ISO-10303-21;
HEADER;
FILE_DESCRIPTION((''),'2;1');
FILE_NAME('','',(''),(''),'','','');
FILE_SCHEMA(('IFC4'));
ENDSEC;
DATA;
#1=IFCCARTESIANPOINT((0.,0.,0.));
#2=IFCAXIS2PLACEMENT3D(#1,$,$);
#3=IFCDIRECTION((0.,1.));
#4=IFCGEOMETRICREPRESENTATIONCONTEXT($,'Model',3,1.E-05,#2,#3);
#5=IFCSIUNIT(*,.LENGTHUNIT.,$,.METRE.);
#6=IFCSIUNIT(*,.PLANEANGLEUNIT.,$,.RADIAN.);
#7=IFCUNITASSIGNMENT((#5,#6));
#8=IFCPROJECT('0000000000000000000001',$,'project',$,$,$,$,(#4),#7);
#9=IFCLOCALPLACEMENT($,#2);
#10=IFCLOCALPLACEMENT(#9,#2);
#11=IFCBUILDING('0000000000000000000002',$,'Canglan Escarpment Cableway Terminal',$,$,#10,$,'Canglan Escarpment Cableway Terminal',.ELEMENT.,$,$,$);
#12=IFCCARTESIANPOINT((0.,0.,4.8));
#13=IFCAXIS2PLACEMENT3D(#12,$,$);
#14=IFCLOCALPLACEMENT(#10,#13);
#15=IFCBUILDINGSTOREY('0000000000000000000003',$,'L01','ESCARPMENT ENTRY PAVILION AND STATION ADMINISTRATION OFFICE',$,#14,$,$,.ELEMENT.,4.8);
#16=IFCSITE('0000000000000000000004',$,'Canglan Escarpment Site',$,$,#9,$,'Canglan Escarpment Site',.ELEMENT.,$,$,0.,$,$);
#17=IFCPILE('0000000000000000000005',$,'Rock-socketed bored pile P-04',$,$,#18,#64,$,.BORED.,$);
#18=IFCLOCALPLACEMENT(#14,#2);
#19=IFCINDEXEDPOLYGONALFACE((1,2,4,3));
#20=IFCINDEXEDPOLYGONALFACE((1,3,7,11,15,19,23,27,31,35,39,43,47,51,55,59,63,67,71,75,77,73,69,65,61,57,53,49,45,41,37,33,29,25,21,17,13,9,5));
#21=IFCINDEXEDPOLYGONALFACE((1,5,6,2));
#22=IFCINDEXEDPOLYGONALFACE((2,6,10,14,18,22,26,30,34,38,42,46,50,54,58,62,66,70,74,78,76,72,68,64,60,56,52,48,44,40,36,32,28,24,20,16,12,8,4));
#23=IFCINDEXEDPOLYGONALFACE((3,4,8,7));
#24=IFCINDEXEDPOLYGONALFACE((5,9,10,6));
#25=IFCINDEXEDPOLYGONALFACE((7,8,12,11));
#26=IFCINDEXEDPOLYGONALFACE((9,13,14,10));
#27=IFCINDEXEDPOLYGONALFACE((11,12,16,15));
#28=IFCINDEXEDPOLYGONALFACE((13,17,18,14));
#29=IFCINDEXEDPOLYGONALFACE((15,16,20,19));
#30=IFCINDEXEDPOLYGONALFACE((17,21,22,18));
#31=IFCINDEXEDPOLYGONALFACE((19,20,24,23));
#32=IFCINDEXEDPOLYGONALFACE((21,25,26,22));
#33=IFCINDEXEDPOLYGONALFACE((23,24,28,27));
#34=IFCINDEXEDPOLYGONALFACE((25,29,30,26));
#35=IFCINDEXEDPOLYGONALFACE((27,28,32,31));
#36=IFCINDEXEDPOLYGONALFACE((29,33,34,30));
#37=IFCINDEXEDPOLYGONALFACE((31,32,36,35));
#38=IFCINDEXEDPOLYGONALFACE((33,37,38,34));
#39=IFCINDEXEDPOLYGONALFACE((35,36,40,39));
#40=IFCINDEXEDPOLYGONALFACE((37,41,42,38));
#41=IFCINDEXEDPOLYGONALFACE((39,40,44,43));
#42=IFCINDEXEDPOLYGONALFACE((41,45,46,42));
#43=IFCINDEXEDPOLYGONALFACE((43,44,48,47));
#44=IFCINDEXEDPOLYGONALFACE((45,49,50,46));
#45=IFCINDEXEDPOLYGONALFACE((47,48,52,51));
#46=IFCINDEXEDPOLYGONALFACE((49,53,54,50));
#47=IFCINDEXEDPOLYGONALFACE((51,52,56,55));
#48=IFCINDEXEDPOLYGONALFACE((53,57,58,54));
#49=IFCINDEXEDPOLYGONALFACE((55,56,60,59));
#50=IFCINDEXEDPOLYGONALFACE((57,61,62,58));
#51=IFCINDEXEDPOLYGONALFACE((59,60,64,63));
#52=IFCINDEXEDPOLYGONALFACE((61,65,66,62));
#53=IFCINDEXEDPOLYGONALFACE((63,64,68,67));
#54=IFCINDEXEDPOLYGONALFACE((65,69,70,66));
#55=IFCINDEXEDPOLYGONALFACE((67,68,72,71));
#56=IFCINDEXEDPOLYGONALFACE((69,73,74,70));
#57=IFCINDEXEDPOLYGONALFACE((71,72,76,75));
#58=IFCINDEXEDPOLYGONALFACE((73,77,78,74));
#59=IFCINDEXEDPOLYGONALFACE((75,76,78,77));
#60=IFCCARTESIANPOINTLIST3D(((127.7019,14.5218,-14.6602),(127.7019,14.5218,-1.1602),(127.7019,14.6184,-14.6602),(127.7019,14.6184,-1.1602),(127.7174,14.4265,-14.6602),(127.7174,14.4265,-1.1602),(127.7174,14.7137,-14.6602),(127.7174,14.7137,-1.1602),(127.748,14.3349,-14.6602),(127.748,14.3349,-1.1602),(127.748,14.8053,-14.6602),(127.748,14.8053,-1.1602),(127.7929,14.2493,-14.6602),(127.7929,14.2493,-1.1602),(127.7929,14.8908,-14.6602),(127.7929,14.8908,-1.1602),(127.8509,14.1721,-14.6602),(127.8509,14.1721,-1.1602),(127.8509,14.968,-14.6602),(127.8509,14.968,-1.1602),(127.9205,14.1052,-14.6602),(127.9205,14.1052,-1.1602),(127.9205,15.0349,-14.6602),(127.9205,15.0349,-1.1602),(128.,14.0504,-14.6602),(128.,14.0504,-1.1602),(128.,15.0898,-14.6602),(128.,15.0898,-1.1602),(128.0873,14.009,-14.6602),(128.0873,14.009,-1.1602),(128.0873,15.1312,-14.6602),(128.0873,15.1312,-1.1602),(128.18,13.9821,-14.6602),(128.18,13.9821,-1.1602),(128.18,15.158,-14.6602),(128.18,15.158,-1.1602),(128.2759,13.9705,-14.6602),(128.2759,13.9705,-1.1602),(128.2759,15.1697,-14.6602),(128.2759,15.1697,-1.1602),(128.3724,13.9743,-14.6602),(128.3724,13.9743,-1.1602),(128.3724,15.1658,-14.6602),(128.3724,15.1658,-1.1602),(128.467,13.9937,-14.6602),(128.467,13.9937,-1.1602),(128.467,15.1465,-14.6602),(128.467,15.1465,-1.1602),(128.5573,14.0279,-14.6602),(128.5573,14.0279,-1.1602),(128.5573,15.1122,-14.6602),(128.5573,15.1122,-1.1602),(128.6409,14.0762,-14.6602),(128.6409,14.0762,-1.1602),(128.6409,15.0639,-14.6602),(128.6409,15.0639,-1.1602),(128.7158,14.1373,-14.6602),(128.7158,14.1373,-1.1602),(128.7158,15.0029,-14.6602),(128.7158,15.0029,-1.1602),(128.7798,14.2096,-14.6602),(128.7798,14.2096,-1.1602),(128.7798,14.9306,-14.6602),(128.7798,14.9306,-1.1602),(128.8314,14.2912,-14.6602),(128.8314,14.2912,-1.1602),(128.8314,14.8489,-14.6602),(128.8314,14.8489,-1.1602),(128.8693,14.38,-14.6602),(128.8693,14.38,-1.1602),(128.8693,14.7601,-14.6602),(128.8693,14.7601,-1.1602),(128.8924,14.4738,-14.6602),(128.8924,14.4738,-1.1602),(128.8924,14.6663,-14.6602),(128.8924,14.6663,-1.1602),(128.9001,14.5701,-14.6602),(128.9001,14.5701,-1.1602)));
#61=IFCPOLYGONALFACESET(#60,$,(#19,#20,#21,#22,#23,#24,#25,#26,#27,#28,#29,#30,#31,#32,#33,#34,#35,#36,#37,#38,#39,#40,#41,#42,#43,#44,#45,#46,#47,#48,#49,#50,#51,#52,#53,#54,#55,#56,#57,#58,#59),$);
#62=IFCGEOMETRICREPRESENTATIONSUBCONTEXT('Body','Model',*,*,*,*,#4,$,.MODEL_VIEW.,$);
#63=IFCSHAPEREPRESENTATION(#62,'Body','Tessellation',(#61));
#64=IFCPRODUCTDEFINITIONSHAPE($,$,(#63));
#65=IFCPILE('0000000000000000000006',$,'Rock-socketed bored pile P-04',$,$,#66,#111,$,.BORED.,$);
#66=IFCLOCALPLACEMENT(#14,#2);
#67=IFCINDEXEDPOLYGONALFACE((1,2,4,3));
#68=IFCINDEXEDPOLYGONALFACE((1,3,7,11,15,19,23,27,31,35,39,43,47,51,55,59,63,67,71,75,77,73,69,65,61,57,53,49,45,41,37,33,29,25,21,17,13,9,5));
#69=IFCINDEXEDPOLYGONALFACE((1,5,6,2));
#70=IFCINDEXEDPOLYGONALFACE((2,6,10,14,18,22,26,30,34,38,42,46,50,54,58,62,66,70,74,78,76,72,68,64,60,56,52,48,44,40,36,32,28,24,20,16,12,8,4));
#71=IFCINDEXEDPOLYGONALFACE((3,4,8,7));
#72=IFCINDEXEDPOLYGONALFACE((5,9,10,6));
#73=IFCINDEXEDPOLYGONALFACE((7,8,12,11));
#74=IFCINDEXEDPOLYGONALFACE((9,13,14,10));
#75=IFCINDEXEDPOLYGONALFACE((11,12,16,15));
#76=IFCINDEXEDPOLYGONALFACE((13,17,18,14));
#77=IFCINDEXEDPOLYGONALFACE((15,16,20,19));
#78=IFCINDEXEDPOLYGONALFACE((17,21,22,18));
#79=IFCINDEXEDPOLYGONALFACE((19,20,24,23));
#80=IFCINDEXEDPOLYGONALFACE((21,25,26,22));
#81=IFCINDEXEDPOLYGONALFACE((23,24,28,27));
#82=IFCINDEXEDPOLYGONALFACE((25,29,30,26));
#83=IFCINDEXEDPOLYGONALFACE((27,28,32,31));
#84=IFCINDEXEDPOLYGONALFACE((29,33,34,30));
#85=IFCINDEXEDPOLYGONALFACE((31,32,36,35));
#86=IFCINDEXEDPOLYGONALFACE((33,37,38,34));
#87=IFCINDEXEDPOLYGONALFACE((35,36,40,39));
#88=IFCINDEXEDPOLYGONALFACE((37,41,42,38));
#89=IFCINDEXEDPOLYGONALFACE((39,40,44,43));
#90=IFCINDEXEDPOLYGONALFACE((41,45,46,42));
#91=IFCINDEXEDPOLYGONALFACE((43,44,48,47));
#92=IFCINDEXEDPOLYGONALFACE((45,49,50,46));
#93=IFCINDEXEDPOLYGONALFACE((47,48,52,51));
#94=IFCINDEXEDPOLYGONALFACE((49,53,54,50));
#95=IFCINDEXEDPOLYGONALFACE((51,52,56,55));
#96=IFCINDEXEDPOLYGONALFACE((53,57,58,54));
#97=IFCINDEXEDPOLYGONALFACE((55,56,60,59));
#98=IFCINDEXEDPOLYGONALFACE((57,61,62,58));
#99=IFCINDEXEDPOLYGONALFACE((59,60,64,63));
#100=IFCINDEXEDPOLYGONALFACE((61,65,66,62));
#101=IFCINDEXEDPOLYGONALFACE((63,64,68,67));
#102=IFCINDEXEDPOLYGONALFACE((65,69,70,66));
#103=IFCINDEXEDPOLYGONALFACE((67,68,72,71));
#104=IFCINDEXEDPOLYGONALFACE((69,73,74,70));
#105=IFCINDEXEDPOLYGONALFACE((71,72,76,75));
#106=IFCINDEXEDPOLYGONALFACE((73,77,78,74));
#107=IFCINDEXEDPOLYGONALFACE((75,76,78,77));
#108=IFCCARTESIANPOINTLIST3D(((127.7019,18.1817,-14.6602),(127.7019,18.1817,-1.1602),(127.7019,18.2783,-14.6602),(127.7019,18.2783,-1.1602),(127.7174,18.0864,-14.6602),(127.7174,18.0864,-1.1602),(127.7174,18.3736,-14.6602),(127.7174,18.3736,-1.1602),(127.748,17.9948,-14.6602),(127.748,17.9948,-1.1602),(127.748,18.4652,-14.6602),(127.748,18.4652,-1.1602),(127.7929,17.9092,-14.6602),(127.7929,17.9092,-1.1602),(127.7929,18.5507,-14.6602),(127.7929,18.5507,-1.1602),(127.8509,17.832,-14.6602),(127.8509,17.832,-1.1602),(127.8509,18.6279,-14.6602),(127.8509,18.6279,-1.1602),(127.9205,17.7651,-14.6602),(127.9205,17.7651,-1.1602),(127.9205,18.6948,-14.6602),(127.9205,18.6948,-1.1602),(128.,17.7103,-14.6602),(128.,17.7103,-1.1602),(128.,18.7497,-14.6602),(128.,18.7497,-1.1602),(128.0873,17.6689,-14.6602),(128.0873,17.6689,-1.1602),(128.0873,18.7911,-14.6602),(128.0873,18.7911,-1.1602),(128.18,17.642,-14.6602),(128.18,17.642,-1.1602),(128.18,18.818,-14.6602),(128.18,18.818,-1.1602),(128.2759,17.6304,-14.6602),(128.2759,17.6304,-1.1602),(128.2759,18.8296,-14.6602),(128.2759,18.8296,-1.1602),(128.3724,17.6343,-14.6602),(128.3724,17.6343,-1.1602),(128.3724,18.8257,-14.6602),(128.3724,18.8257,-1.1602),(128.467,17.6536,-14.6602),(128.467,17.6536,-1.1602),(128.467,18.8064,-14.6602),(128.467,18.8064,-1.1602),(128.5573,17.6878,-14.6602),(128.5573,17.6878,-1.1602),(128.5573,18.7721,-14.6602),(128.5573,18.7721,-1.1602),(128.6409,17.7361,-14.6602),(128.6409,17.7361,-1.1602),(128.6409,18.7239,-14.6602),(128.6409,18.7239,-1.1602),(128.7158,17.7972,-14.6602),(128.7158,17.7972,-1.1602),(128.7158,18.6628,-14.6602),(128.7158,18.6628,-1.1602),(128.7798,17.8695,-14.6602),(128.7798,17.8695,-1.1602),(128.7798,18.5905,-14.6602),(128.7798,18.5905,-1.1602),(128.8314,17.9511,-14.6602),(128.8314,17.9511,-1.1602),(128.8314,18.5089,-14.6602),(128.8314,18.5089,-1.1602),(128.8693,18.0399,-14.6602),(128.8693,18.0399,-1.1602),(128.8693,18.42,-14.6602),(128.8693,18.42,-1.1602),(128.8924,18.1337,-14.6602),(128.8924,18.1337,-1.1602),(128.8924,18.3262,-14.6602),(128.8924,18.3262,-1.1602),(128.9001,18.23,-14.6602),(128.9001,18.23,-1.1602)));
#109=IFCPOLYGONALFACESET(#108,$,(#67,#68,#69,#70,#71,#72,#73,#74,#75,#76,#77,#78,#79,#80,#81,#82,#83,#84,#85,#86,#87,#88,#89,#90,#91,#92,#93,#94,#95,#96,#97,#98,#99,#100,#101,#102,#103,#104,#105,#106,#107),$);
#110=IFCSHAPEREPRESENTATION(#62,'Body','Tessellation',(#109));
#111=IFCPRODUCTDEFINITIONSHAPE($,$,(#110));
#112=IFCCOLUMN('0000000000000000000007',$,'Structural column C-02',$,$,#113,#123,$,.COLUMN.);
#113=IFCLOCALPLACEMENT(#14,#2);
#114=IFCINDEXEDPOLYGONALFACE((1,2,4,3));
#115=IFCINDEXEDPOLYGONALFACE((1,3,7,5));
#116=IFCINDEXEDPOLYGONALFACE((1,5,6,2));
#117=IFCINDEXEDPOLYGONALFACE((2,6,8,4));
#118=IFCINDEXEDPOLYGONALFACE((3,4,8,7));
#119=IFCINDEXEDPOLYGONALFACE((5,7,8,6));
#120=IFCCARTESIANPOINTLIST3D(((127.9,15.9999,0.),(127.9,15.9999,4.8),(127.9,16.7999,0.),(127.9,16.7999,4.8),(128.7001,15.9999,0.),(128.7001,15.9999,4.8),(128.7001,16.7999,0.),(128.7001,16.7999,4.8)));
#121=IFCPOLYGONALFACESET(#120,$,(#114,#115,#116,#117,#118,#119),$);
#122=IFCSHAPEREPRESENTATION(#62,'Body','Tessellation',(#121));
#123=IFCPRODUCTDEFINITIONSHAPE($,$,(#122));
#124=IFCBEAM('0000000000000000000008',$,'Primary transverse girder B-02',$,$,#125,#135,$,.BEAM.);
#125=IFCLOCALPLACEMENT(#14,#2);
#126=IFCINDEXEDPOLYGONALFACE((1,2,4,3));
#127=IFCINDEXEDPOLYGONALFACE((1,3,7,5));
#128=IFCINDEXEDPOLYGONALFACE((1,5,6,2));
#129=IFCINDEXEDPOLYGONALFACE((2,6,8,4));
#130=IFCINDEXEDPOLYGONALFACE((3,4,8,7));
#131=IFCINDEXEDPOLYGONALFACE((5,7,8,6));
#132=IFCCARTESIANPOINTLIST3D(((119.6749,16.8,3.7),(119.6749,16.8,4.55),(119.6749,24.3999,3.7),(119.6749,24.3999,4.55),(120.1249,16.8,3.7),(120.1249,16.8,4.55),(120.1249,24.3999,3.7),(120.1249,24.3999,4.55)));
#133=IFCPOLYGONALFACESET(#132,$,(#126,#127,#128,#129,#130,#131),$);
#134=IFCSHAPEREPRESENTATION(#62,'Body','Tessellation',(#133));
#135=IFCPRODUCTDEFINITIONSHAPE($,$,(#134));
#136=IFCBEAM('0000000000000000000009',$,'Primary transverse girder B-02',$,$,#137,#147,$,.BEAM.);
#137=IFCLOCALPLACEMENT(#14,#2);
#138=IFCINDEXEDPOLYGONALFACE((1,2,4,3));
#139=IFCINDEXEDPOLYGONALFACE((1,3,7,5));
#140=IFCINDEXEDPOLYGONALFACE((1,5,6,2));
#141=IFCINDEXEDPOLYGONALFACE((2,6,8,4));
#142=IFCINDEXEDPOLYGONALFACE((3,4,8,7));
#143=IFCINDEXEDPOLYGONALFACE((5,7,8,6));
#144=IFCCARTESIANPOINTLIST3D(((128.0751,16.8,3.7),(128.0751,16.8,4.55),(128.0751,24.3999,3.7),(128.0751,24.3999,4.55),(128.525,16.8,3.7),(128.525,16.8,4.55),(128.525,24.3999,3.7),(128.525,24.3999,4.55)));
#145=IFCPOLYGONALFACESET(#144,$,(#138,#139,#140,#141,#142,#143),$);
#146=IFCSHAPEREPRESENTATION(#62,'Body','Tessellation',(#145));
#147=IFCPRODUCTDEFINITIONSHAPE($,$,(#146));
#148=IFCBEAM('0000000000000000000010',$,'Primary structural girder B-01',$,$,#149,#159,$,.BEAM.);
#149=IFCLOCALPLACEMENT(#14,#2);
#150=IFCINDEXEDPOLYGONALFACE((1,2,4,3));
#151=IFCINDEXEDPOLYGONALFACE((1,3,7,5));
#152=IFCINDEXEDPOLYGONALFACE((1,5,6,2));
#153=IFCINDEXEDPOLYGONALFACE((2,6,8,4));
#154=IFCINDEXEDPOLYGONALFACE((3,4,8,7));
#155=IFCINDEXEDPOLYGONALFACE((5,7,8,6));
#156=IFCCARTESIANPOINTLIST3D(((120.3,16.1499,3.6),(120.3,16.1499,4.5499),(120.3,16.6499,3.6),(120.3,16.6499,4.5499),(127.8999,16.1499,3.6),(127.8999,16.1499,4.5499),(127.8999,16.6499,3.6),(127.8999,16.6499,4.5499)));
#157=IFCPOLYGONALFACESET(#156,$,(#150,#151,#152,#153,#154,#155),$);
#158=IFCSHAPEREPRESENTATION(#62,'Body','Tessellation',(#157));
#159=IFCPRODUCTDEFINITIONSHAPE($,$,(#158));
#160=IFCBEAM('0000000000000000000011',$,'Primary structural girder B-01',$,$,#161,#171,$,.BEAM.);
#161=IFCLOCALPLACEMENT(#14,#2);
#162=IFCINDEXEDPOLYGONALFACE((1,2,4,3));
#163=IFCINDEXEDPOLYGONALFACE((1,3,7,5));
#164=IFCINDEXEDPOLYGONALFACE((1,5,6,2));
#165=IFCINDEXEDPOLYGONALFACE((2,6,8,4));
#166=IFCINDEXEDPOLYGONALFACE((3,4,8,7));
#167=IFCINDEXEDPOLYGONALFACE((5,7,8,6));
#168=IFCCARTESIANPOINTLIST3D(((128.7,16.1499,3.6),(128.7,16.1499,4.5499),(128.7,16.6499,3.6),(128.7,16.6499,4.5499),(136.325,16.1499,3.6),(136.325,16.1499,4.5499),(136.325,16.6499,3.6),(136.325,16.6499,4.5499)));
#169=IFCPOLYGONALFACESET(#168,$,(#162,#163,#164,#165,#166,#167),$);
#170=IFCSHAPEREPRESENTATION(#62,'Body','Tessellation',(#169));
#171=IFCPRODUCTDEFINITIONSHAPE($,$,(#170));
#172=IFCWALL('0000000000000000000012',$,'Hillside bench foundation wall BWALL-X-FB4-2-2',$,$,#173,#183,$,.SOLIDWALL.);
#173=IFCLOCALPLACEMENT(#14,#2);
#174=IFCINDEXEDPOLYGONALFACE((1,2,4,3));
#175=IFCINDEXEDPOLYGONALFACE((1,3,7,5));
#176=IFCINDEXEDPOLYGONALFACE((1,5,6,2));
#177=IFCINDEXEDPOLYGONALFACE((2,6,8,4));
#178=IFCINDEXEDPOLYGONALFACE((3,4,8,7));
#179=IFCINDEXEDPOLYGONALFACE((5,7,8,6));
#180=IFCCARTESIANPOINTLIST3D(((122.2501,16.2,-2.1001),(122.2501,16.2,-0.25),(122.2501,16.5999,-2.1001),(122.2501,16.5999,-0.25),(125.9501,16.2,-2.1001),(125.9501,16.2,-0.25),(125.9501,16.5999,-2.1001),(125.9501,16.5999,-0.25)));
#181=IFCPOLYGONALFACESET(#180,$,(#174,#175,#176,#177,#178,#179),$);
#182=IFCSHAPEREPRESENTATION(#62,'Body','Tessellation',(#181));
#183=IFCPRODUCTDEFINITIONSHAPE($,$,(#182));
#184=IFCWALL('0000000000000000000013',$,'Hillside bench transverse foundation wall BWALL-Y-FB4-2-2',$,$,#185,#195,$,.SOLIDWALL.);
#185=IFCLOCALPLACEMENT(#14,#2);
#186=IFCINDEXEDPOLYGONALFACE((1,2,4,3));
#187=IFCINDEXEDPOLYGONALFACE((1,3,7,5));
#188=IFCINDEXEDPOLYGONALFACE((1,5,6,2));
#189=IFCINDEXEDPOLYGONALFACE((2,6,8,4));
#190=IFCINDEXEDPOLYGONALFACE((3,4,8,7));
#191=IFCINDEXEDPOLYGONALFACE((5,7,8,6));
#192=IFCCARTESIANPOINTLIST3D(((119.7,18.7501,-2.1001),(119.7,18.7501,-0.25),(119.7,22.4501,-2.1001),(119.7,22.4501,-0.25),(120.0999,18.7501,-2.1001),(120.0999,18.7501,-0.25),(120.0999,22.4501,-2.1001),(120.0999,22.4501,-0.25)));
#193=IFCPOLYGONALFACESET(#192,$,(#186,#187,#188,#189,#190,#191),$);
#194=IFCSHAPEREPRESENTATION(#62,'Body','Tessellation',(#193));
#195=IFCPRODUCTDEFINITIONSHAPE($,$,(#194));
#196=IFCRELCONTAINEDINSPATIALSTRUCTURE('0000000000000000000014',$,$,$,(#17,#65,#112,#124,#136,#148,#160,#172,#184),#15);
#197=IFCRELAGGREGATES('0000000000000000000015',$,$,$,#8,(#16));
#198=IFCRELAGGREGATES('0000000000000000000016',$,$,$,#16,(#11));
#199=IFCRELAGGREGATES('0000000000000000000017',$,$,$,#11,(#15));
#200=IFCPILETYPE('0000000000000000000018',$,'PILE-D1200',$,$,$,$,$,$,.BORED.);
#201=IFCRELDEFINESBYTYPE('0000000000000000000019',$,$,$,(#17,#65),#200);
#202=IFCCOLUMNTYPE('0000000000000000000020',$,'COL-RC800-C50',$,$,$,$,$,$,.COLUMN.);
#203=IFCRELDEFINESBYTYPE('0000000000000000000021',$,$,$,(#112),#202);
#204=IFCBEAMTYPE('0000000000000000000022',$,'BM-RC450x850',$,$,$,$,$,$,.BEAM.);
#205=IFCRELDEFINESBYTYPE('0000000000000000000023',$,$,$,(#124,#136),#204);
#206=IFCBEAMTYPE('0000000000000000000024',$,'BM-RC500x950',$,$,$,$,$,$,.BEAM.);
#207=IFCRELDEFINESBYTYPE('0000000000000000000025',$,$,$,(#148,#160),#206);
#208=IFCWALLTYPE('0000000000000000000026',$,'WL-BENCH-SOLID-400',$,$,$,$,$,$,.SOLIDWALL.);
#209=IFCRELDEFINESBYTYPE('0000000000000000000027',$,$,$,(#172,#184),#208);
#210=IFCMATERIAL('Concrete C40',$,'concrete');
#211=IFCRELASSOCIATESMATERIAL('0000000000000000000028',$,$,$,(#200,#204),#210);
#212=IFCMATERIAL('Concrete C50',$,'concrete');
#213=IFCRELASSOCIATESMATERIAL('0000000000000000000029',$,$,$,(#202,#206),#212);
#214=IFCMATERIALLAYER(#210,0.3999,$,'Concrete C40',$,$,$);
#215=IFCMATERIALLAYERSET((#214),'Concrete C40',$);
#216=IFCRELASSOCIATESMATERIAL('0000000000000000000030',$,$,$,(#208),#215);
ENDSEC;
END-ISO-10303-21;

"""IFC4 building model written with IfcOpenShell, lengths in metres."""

from ifc_helpers import new_model, si_unit, direction, frame, frame_2d, origin, origin_2d, place, context, subcontext, project, spatial, rectangle, circle, extrude, material, layer, layer_set, material_profile, profile_set, type_object, element, save


model = new_model("IFC4")

# Units and contexts
model_context = context("Model", 3, precision=1e-05, world=origin(), true_north=direction((0.0, 1.0)))
body_context = subcontext(model_context, "Body", "Model", "MODEL_VIEW")
ifc_project = project(units=[si_unit("LENGTHUNIT", "METRE"), si_unit("PLANEANGLEUNIT", "RADIAN")], contexts=[model_context])

# Site, building, storey
site_placement = place(None, origin())
site = spatial("IfcSite", under=ifc_project, at=site_placement, Name="Canglan Escarpment Site", LongName="Canglan Escarpment Site", CompositionType="ELEMENT", RefElevation=0.0)
building_placement = place(site_placement, origin())
building = spatial("IfcBuilding", under=site, at=building_placement, Name="Canglan Escarpment Cableway Terminal", LongName="Canglan Escarpment Cableway Terminal", CompositionType="ELEMENT")
storey_placement = place(building_placement, frame((0.0, 0.0, 4.8)))
storey = spatial("IfcBuildingStorey", under=building, at=storey_placement, Name="L01", Description="ESCARPMENT ENTRY PAVILION AND STATION ADMINISTRATION OFFICE", CompositionType="ELEMENT", Elevation=4.8)

# Shared definitions
ifc_material_1 = material(Name="Concrete C40", Category="concrete")

# Piles
ifc_material_profile_1 = material_profile(ifc_material_1, circle(Radius=0.6001, at=origin_2d()), Name="BORED PILE D1200")
ifc_profile_set_1 = profile_set([ifc_material_profile_1], Name="Concrete C40")
pile_type = type_object("IfcPileType", Name="PILE-D1200", PredefinedType="BORED", material=ifc_profile_set_1)
for number, where, z_axis, x_axis, name in (
    (1, (128.3, 14.5701, -1.1602), (0.0, 0.0, -1.0), (1.0, 0.0, 0.0), "Rock-socketed bored pile P-04"),
    (2, (128.3, 18.23, -1.1602), (0.0, 0.0, -1.0), (1.0, 0.0, 0.0), "Rock-socketed bored pile P-04"),
):
    element("IfcPile", number, at=place(storey_placement, frame(where, z_axis=z_axis, x_axis=x_axis)), inside=storey, type_object=pile_type, Name=name, PredefinedType="BORED", context=body_context, shape_type="SweptSolid", body=[
        extrude(circle(Radius=0.6001, at=origin_2d()), origin(), (0.0, 0.0, 1.0), 13.5),
    ])

# Column
ifc_material_2 = material(Name="Concrete C50", Category="concrete")
ifc_material_profile_2 = material_profile(ifc_material_2, rectangle(XDim=0.8, YDim=0.8, at=origin_2d()), Name="RC 800x800")
ifc_profile_set_2 = profile_set([ifc_material_profile_2], Name="Concrete C50")
column_type = type_object("IfcColumnType", Name="COL-RC800-C50", PredefinedType="COLUMN", material=ifc_profile_set_2)
column_placement = place(storey_placement, frame((128.3, 16.3999, 0.0), z_axis=(0.0, 0.0, 1.0), x_axis=(1.0, 0.0, 0.0)))
element("IfcColumn", 3, at=column_placement, inside=storey, type_object=column_type, Name="Structural column C-02", PredefinedType="COLUMN", context=body_context, shape_type="SweptSolid", body=[
    extrude(rectangle(XDim=0.8, YDim=0.8, at=origin_2d()), origin(), (0.0, 0.0, 1.0), 4.8),
])

# Beams
ifc_material_profile_3 = material_profile(ifc_material_1, rectangle(XDim=0.45, YDim=0.8501, at=origin_2d()), Name="RC 450x850")
ifc_profile_set_3 = profile_set([ifc_material_profile_3], Name="Concrete C40")
beam_type_1 = type_object("IfcBeamType", Name="BM-RC450x850", PredefinedType="BEAM", material=ifc_profile_set_3)
for number, where, z_axis, x_axis, name in (
    (4, (119.8999, 16.8, 4.125), (0.0, 1.0, 0.0), (-1.0, 0.0, 0.0), "Primary transverse girder B-02"),
    (5, (128.3, 16.8, 4.125), (0.0, 1.0, 0.0), (-1.0, 0.0, 0.0), "Primary transverse girder B-02"),
):
    element("IfcBeam", number, at=place(storey_placement, frame(where, z_axis=z_axis, x_axis=x_axis)), inside=storey, type_object=beam_type_1, Name=name, PredefinedType="BEAM", context=body_context, shape_type="SweptSolid", body=[
        extrude(rectangle(XDim=0.45, YDim=0.8501, at=origin_2d()), origin(), (0.0, 0.0, 1.0), 7.5999),
    ])
ifc_material_profile_4 = material_profile(ifc_material_2, rectangle(XDim=0.5, YDim=0.95, at=origin_2d()), Name="RC 500x950")
ifc_profile_set_4 = profile_set([ifc_material_profile_4], Name="Concrete C50")
beam_type_2 = type_object("IfcBeamType", Name="BM-RC500x950", PredefinedType="BEAM", material=ifc_profile_set_4)
beam_1_placement = place(storey_placement, frame((120.3, 16.3999, 4.075), z_axis=(1.0, 0.0, 0.0), x_axis=(0.0, 1.0, 0.0)))
element("IfcBeam", 6, at=beam_1_placement, inside=storey, type_object=beam_type_2, Name="Primary structural girder B-01", PredefinedType="BEAM", context=body_context, shape_type="SweptSolid", body=[
    extrude(rectangle(XDim=0.5, YDim=0.95, at=origin_2d()), origin(), (0.0, 0.0, 1.0), 7.5999),
])
beam_2_placement = place(storey_placement, frame((128.7, 16.3999, 4.075), z_axis=(1.0, 0.0, 0.0), x_axis=(0.0, 1.0, 0.0)))
element("IfcBeam", 7, at=beam_2_placement, inside=storey, type_object=beam_type_2, Name="Primary structural girder B-01", PredefinedType="BEAM", context=body_context, shape_type="SweptSolid", body=[
    extrude(rectangle(XDim=0.5, YDim=0.95, at=origin_2d()), origin(), (0.0, 0.0, 1.0), 7.625),
])

# Walls
ifc_layer_1 = layer(ifc_material_1, 0.3999, Name="Concrete C40")
ifc_layer_set_1 = layer_set([ifc_layer_1], Name="Concrete C40")
wall_type_1 = type_object("IfcWallType", Name="WL-BENCH-SOLID-400", PredefinedType="SOLIDWALL", material=ifc_layer_set_1)
for number, where, z_axis, x_axis, name in (
    (8, (122.25, 16.3999, -2.1001), (0.0, 0.0, 1.0), (1.0, 0.0, 0.0), "Hillside bench foundation wall BWALL-X-FB4-2-2"),
    (9, (119.8999, 18.75, -2.1001), (0.0, 0.0, 1.0), (0.0, 1.0, 0.0), "Hillside bench transverse foundation wall BWALL-Y-FB4-2-2"),
):
    element("IfcWall", number, at=place(storey_placement, frame(where, z_axis=z_axis, x_axis=x_axis)), inside=storey, type_object=wall_type_1, Name=name, PredefinedType="SOLIDWALL", context=body_context, shape_type="SweptSolid", body=[
        extrude(rectangle(XDim=3.7, YDim=0.3999, at=frame_2d((1.8501, 0.0))), origin(), (0.0, 0.0, 1.0), 1.8501),
    ])

save(model, "model.ifc")
